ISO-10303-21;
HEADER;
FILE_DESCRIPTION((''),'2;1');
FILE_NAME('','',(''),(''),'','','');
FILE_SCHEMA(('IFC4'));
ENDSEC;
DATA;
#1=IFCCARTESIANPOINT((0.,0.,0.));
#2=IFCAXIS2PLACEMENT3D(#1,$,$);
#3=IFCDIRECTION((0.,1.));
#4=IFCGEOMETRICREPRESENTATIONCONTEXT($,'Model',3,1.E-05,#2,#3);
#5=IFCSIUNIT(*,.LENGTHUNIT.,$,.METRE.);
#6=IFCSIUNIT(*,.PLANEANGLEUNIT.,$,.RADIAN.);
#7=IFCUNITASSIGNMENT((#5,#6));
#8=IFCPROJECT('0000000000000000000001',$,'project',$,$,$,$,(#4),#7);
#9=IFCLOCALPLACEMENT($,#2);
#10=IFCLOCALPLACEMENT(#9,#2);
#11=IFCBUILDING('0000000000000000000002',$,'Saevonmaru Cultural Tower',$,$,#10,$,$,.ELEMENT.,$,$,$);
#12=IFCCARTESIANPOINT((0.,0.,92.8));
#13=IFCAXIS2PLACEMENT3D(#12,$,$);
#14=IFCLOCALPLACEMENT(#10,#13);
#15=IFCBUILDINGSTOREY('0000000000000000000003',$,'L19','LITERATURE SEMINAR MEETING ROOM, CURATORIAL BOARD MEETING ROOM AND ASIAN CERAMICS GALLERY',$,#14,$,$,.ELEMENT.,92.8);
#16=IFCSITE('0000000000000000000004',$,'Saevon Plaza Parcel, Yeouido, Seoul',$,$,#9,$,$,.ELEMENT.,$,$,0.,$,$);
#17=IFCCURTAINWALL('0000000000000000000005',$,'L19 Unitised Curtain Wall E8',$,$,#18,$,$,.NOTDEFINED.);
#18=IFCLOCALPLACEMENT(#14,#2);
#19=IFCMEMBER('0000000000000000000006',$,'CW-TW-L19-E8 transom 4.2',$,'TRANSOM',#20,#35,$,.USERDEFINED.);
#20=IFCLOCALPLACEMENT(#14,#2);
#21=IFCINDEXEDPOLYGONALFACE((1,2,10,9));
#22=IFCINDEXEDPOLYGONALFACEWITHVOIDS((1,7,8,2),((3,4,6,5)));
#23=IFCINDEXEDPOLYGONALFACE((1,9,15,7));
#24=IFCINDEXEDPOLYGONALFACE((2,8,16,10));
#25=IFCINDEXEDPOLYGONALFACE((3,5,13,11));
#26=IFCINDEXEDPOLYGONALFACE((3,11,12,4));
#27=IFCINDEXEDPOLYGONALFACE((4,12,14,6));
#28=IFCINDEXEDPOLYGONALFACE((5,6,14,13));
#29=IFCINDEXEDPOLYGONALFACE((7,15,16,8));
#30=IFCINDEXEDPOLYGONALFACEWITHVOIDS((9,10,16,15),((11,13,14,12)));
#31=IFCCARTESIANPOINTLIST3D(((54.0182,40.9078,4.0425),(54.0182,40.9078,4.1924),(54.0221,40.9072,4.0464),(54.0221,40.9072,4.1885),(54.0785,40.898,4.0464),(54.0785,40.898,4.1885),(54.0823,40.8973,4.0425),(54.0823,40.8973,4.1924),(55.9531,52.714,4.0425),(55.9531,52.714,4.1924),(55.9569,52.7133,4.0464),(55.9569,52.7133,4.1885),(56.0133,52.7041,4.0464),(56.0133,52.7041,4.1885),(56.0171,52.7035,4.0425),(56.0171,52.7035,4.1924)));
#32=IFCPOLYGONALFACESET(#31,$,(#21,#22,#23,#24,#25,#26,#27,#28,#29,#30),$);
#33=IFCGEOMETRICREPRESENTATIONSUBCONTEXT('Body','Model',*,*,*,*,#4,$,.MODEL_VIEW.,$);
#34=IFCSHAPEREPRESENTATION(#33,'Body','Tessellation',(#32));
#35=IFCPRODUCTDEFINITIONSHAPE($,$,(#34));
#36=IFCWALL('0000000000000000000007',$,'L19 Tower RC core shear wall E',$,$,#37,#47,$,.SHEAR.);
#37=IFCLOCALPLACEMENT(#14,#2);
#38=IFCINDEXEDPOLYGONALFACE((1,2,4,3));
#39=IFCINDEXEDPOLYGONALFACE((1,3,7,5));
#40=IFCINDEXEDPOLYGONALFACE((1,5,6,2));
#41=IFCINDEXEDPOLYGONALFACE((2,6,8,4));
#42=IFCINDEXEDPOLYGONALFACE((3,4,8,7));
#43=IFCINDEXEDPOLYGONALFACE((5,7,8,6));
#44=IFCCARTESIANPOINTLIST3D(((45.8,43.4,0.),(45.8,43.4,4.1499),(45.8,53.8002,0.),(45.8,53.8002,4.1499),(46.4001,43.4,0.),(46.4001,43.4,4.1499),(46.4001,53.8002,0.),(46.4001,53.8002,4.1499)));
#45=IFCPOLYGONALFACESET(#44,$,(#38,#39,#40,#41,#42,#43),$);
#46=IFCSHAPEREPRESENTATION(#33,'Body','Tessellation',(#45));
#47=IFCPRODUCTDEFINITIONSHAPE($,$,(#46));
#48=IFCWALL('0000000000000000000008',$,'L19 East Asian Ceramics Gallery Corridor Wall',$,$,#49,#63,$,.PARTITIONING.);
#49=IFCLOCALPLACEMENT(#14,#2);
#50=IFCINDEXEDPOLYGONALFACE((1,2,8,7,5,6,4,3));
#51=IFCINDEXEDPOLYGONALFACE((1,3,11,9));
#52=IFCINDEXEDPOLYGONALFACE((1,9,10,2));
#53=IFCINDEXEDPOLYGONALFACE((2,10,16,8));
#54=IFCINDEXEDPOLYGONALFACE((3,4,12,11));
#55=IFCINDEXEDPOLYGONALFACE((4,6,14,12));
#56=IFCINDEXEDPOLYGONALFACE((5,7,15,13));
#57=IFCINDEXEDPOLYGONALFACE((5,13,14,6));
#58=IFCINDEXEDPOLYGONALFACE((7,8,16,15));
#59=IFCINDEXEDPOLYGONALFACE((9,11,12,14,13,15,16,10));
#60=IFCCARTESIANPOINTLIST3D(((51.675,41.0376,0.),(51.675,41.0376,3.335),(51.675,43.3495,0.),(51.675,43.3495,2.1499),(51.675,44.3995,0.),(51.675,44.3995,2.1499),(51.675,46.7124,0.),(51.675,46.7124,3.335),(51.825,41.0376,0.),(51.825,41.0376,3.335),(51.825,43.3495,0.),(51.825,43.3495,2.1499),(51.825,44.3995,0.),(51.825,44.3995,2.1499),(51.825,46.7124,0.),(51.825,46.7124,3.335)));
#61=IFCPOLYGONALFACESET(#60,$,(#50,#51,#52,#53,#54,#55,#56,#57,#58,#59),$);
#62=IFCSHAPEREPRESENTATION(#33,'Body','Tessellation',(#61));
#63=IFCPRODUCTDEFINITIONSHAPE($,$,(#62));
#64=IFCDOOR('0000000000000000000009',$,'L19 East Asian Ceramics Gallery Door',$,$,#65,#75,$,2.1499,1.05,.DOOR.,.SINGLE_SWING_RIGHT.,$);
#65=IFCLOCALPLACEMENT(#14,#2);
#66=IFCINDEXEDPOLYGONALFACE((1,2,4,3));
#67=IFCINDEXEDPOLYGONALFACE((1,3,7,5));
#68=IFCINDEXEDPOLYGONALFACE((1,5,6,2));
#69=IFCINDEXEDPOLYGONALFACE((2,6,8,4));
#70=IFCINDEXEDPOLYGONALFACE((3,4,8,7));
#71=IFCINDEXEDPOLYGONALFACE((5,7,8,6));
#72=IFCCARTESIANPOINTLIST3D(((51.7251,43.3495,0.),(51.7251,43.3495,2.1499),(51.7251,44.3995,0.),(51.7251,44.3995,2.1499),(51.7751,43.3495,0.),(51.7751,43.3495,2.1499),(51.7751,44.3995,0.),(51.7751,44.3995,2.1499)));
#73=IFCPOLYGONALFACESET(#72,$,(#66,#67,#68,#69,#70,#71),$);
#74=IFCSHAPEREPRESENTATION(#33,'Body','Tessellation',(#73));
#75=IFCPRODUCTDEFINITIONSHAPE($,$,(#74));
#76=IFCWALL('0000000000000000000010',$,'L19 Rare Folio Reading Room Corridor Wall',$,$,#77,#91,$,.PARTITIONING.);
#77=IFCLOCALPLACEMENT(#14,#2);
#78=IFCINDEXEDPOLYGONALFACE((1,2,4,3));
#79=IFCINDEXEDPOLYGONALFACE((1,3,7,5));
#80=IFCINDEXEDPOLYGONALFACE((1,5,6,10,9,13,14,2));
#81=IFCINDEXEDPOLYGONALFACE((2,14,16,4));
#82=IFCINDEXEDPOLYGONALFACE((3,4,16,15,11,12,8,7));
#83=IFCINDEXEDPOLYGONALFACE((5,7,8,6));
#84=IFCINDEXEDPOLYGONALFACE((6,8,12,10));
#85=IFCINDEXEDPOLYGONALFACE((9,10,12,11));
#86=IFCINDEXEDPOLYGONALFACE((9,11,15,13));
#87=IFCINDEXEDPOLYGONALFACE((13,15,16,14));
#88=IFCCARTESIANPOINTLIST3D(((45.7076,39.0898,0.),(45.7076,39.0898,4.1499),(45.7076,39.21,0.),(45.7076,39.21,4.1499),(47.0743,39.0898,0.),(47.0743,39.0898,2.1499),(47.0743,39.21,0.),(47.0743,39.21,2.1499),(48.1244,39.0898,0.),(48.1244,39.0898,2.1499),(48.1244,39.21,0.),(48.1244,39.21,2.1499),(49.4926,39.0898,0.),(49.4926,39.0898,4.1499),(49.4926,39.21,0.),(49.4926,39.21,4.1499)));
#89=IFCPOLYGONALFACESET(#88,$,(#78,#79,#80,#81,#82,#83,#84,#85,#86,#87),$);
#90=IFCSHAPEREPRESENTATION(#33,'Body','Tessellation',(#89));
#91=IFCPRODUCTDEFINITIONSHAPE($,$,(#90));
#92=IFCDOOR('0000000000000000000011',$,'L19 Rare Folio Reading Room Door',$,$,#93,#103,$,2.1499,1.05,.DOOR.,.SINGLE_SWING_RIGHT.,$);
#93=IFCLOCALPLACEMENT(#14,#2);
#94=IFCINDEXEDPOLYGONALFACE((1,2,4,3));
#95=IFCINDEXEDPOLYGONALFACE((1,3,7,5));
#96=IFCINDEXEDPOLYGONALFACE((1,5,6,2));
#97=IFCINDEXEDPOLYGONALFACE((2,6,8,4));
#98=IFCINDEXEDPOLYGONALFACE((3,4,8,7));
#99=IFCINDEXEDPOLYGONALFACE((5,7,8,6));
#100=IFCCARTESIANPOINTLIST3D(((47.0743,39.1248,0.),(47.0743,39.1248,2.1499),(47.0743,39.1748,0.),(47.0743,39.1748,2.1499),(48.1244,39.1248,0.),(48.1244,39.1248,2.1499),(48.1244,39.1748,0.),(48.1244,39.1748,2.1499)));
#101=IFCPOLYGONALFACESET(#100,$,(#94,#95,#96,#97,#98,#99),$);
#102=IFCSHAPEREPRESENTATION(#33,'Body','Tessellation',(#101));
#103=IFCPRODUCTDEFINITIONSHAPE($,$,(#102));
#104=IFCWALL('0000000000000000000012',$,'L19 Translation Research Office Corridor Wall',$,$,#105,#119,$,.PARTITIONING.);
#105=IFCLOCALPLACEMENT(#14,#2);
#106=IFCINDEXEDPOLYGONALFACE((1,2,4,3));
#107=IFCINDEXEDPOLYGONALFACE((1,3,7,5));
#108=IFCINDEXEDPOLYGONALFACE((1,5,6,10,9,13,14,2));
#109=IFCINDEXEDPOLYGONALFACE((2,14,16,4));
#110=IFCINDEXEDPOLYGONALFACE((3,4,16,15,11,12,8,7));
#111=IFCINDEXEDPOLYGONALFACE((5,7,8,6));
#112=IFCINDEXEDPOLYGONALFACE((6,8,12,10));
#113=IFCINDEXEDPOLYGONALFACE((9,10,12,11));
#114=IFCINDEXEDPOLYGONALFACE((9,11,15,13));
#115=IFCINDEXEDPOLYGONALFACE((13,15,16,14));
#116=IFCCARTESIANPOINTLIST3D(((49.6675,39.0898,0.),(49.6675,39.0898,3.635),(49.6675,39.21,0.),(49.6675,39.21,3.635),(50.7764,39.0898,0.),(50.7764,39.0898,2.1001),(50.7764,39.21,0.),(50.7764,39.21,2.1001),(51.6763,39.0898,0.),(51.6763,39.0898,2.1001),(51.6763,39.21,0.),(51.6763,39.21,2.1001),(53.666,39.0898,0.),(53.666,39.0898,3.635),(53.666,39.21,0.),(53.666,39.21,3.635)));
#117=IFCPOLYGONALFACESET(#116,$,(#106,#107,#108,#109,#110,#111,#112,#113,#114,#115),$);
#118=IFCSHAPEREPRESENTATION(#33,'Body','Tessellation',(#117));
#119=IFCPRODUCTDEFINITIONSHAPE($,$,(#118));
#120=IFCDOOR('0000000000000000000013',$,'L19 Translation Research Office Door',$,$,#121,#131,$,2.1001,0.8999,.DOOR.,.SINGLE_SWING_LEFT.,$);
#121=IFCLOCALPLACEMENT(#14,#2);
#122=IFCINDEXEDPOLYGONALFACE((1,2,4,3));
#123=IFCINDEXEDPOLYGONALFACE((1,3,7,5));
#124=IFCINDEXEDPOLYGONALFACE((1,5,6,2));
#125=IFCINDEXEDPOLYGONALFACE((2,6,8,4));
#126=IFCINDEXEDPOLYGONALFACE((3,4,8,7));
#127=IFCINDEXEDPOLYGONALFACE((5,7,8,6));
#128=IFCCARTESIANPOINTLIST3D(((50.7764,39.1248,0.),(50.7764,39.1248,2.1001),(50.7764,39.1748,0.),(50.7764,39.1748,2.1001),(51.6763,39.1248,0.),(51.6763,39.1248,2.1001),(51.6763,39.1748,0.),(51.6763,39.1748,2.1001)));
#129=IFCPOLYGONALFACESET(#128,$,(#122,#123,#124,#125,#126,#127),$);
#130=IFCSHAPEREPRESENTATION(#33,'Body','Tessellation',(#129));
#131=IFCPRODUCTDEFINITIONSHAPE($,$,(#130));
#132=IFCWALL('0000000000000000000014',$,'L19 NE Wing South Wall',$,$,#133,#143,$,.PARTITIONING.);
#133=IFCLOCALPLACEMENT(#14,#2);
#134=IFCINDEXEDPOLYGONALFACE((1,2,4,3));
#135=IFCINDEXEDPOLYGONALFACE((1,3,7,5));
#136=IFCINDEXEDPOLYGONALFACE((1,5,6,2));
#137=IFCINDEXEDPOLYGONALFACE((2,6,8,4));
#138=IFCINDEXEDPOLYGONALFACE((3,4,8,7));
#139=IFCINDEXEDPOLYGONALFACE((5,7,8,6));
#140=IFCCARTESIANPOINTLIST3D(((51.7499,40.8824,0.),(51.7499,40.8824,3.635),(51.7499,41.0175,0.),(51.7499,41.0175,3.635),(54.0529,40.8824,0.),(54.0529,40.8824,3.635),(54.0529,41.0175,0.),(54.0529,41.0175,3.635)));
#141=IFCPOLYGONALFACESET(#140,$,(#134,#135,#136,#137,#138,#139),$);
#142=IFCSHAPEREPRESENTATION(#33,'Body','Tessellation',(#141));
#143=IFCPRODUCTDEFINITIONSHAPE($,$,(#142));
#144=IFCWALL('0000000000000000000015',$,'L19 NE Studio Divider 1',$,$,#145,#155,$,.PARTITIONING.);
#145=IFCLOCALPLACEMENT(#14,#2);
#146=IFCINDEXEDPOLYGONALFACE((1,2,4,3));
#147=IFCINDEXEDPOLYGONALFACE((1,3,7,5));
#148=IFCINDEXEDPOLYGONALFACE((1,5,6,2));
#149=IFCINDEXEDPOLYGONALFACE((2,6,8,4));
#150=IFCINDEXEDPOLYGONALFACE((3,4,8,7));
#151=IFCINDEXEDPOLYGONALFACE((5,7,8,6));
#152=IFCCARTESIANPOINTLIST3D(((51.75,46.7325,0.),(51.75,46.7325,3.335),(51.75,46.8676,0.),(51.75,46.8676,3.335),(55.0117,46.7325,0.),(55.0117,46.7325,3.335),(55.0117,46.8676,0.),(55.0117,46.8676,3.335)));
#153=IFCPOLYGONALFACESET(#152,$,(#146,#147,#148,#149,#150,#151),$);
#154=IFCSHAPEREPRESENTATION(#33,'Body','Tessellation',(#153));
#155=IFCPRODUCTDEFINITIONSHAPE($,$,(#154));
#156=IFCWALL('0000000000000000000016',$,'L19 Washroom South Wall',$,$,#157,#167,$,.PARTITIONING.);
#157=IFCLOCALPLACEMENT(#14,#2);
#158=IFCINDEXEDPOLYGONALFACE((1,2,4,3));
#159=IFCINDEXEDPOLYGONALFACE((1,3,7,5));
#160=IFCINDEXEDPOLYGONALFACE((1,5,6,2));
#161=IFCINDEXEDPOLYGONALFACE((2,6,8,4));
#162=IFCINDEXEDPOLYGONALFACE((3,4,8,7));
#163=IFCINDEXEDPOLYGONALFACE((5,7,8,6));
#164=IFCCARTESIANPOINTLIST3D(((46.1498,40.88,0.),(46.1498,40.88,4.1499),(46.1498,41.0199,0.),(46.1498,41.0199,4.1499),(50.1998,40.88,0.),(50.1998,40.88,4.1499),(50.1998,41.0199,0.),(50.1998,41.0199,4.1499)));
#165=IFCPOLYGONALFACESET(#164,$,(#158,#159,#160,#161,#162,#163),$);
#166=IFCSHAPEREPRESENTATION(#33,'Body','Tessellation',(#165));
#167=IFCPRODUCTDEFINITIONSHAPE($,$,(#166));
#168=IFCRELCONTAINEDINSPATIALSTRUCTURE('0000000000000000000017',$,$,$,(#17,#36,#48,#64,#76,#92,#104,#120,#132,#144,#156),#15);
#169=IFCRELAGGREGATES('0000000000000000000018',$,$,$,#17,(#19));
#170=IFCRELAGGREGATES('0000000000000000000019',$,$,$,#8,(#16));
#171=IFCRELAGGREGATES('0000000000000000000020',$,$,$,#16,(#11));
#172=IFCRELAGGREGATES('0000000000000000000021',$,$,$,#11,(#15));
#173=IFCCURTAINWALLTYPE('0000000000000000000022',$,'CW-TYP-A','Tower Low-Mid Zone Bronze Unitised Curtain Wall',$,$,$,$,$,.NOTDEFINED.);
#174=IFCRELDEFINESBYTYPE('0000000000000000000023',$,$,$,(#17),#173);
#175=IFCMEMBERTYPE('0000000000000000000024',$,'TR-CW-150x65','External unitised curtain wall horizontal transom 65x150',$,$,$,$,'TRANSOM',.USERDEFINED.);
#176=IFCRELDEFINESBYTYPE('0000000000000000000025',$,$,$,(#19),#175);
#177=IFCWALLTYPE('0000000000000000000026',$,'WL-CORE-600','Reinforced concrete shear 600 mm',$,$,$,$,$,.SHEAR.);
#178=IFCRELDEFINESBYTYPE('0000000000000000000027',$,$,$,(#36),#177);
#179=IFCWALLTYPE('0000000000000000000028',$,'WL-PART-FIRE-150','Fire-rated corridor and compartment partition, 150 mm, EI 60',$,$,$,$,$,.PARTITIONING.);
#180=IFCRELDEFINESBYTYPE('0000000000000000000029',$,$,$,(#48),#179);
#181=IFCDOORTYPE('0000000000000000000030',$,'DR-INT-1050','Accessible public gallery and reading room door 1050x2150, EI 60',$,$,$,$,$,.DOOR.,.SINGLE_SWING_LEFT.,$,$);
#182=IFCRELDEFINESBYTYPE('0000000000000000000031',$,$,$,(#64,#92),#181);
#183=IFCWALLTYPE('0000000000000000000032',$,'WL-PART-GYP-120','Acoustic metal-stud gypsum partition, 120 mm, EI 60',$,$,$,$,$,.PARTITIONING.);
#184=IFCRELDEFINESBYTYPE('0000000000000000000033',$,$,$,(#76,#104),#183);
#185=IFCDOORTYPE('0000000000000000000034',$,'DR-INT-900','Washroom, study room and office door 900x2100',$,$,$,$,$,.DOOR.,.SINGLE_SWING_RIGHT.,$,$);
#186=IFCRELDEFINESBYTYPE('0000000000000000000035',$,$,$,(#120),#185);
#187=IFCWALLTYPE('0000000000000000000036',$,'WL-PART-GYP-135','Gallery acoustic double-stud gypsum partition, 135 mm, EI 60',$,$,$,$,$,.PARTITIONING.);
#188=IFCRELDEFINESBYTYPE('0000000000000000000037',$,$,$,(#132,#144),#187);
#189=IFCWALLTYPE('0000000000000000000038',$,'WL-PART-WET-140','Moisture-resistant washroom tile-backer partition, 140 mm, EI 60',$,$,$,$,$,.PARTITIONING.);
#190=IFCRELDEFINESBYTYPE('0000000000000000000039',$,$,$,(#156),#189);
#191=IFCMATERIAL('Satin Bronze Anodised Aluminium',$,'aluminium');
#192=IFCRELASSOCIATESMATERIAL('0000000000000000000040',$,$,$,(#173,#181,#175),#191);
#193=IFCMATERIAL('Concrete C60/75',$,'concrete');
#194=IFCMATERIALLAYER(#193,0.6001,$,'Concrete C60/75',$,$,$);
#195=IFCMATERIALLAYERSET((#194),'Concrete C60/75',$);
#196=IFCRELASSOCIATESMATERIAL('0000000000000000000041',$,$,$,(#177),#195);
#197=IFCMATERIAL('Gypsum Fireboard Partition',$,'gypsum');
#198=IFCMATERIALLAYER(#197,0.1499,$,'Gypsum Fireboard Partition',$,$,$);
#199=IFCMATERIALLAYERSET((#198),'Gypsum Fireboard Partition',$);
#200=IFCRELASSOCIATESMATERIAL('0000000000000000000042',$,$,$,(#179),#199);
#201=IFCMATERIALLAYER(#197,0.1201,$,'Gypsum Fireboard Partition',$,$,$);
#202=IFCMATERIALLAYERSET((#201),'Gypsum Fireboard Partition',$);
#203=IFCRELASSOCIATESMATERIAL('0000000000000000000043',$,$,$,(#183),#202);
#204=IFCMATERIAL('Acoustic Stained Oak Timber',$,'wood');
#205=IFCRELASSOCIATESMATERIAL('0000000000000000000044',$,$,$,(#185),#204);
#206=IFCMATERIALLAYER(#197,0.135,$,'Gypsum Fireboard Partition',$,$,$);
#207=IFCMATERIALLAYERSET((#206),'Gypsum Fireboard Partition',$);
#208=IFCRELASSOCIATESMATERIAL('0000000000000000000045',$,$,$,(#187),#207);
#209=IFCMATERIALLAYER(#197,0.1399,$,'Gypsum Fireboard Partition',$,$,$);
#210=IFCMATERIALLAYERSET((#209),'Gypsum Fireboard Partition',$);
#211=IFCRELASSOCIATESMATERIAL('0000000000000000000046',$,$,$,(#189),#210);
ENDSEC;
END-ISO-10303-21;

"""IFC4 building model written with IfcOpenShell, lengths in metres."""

from ifc_helpers import new_model, si_unit, direction, frame, frame_2d, origin, origin_2d, place, context, subcontext, project, spatial, rectangle, hollow_rectangle, extrude, material, layer, layer_set, material_profile, profile_set, type_object, element, fill, aggregate, save


model = new_model("IFC4")

# Units and contexts
model_context = context("Model", 3, precision=1e-05, world=origin(), true_north=direction((0.0, 1.0)))
body_context = subcontext(model_context, "Body", "Model", "MODEL_VIEW")
ifc_project = project(units=[si_unit("LENGTHUNIT", "METRE"), si_unit("PLANEANGLEUNIT", "RADIAN")], contexts=[model_context])

# Site, building, storey
site_placement = place(None, origin())
site = spatial("IfcSite", under=ifc_project, at=site_placement, Name="Saevon Plaza Parcel, Yeouido, Seoul", CompositionType="ELEMENT", RefElevation=0.0)
building_placement = place(site_placement, origin())
building = spatial("IfcBuilding", under=site, at=building_placement, Name="Saevonmaru Cultural Tower", CompositionType="ELEMENT")
storey_placement = place(building_placement, frame((0.0, 0.0, 92.8)))
storey = spatial("IfcBuildingStorey", under=building, at=storey_placement, Name="L19", Description="LITERATURE SEMINAR MEETING ROOM, CURATORIAL BOARD MEETING ROOM AND ASIAN CERAMICS GALLERY", CompositionType="ELEMENT", Elevation=92.8)

# Curtain wall, member
ifc_material_1 = material(Name="Satin Bronze Anodised Aluminium", Category="aluminium")
curtain_wall_type = type_object("IfcCurtainWallType", Name="CW-TYP-A", Description="Tower Low-Mid Zone Bronze Unitised Curtain Wall", PredefinedType="NOTDEFINED", material=ifc_material_1)
curtain_wall_placement = place(storey_placement, origin())
curtain_wall = element("IfcCurtainWall", 1, at=curtain_wall_placement, inside=storey, type_object=curtain_wall_type, Name="L19 Unitised Curtain Wall E8", PredefinedType="NOTDEFINED")
ifc_material_profile_1 = material_profile(ifc_material_1, hollow_rectangle(XDim=0.0649, YDim=0.1499, WallThickness=0.0039, at=origin_2d()), Name="ALU-TRAN-150x65x4")
ifc_profile_set_1 = profile_set([ifc_material_profile_1], Name="Satin Bronze Anodised Aluminium")
member_type_1 = type_object("IfcMemberType", Name="TR-CW-150x65", Description="External unitised curtain wall horizontal transom 65x150", ElementType="TRANSOM", PredefinedType="USERDEFINED", material=ifc_profile_set_1)
member_1_placement = place(storey_placement, frame((54.0503, 40.9026, 4.1174), z_axis=(0.161725, 0.986836, 0.0), x_axis=(-0.986836, 0.161725, 0.0)))
member_1 = element("IfcMember", 2, at=member_1_placement, type_object=member_type_1, Name="CW-TW-L19-E8 transom 4.2", ObjectType="TRANSOM", PredefinedType="USERDEFINED", context=body_context, shape_type="SweptSolid", body=[
    extrude(hollow_rectangle(XDim=0.0649, YDim=0.1499, WallThickness=0.0039, at=origin_2d()), origin(), (0.0, 0.0, 1.0), 11.9636),
])
aggregate(curtain_wall, [member_1])

# Wall
ifc_material_2 = material(Name="Concrete C60/75", Category="concrete")
ifc_layer_1 = layer(ifc_material_2, 0.6001, Name="Concrete C60/75")
ifc_layer_set_1 = layer_set([ifc_layer_1], Name="Concrete C60/75")
wall_type_1 = type_object("IfcWallType", Name="WL-CORE-600", Description="Reinforced concrete shear 600 mm", PredefinedType="SHEAR", material=ifc_layer_set_1)
wall_1_placement = place(storey_placement, frame((46.1001, 43.3999, 0.0), z_axis=(0.0, 0.0, 1.0), x_axis=(0.0, 1.0, 0.0)))
element("IfcWall", 3, at=wall_1_placement, inside=storey, type_object=wall_type_1, Name="L19 Tower RC core shear wall E", PredefinedType="SHEAR", context=body_context, shape_type="SweptSolid", body=[
    extrude(rectangle(XDim=10.4001, YDim=0.6001, at=frame_2d((5.2002, 0.0))), origin(), (0.0, 0.0, 1.0), 4.1499),
])

# Walls, openings, doors
ifc_material_3 = material(Name="Gypsum Fireboard Partition", Category="gypsum")
ifc_layer_2 = layer(ifc_material_3, 0.1499, Name="Gypsum Fireboard Partition")
ifc_layer_set_2 = layer_set([ifc_layer_2], Name="Gypsum Fireboard Partition")
wall_type_2 = type_object("IfcWallType", Name="WL-PART-FIRE-150", Description="Fire-rated corridor and compartment partition, 150 mm, EI 60", PredefinedType="PARTITIONING", material=ifc_layer_set_2)
wall_2_placement = place(storey_placement, frame((51.75, 41.0376, 0.0), z_axis=(0.0, 0.0, 1.0), x_axis=(0.0, 1.0, 0.0)))
wall_2 = element("IfcWall", 4, at=wall_2_placement, inside=storey, type_object=wall_type_2, Name="L19 East Asian Ceramics Gallery Corridor Wall", PredefinedType="PARTITIONING", context=body_context, shape_type="SweptSolid", body=[
    extrude(rectangle(XDim=5.6748, YDim=0.1499, at=frame_2d((2.8374, 0.0))), origin(), (0.0, 0.0, 1.0), 3.335),
])
opening_1_placement = place(wall_2_placement, frame((2.312, 0.0, 0.0)))
opening_1 = element("IfcOpeningElement", 5, at=opening_1_placement, cuts=wall_2, PredefinedType="OPENING", context=body_context, shape_type="SweptSolid", body=[
    extrude(rectangle(XDim=1.05, YDim=2.1499, at=frame_2d((0.5249, 1.075))), frame((0.0, 0.085, 0.0), z_axis=(0.0, -1.0, 0.0), x_axis=(1.0, 0.0, 0.0)), (0.0, 0.0, 1.0), 0.1699),
])
door_type_1 = type_object("IfcDoorType", Name="DR-INT-1050", Description="Accessible public gallery and reading room door 1050x2150, EI 60", OperationType="SINGLE_SWING_LEFT", PredefinedType="DOOR", material=ifc_material_1)
door_1_placement = place(opening_1_placement, origin())
door_1 = element("IfcDoor", 6, at=door_1_placement, inside=storey, type_object=door_type_1, Name="L19 East Asian Ceramics Gallery Door", OperationType="SINGLE_SWING_RIGHT", OverallHeight=2.1499, OverallWidth=1.05, PredefinedType="DOOR", context=body_context, shape_type="SweptSolid", body=[
    extrude(rectangle(XDim=1.05, YDim=2.1499, at=frame_2d((0.5249, 1.075))), frame((0.0, 0.0249, 0.0), z_axis=(0.0, -1.0, 0.0), x_axis=(1.0, 0.0, 0.0)), (0.0, 0.0, 1.0), 0.05),
])
fill(opening_1, door_1)
ifc_layer_3 = layer(ifc_material_3, 0.1201, Name="Gypsum Fireboard Partition")
ifc_layer_set_3 = layer_set([ifc_layer_3], Name="Gypsum Fireboard Partition")
wall_type_3 = type_object("IfcWallType", Name="WL-PART-GYP-120", Description="Acoustic metal-stud gypsum partition, 120 mm, EI 60", PredefinedType="PARTITIONING", material=ifc_layer_set_3)
wall_3_placement = place(storey_placement, frame((45.7075, 39.1499, 0.0), z_axis=(0.0, 0.0, 1.0), x_axis=(1.0, 0.0, 0.0)))
wall_3 = element("IfcWall", 7, at=wall_3_placement, inside=storey, type_object=wall_type_3, Name="L19 Rare Folio Reading Room Corridor Wall", PredefinedType="PARTITIONING", context=body_context, shape_type="SweptSolid", body=[
    extrude(rectangle(XDim=3.7849, YDim=0.1201, at=frame_2d((1.8926, 0.0))), origin(), (0.0, 0.0, 1.0), 4.1499),
])
opening_2_placement = place(wall_3_placement, frame((1.3669, 0.0, 0.0)))
opening_2 = element("IfcOpeningElement", 8, at=opening_2_placement, cuts=wall_3, PredefinedType="OPENING", context=body_context, shape_type="SweptSolid", body=[
    extrude(rectangle(XDim=1.05, YDim=2.1499, at=frame_2d((0.5249, 1.075))), frame((0.0, 0.0701, 0.0), z_axis=(0.0, -1.0, 0.0), x_axis=(1.0, 0.0, 0.0)), (0.0, 0.0, 1.0), 0.1401),
])
door_2_placement = place(opening_2_placement, origin())
door_2 = element("IfcDoor", 9, at=door_2_placement, inside=storey, type_object=door_type_1, Name="L19 Rare Folio Reading Room Door", OperationType="SINGLE_SWING_RIGHT", OverallHeight=2.1499, OverallWidth=1.05, PredefinedType="DOOR", context=body_context, shape_type="SweptSolid", body=[
    extrude(rectangle(XDim=1.05, YDim=2.1499, at=frame_2d((0.5249, 1.075))), frame((0.0, 0.0249, 0.0), z_axis=(0.0, -1.0, 0.0), x_axis=(1.0, 0.0, 0.0)), (0.0, 0.0, 1.0), 0.05),
])
fill(opening_2, door_2)
wall_4_placement = place(storey_placement, frame((49.6675, 39.1499, 0.0), z_axis=(0.0, 0.0, 1.0), x_axis=(1.0, 0.0, 0.0)))
wall_4 = element("IfcWall", 10, at=wall_4_placement, inside=storey, type_object=wall_type_3, Name="L19 Translation Research Office Corridor Wall", PredefinedType="PARTITIONING", context=body_context, shape_type="SweptSolid", body=[
    extrude(rectangle(XDim=3.9985, YDim=0.1201, at=frame_2d((1.9993, 0.0))), origin(), (0.0, 0.0, 1.0), 3.635),
])
opening_3_placement = place(wall_4_placement, frame((1.1089, 0.0, 0.0)))
opening_3 = element("IfcOpeningElement", 11, at=opening_3_placement, cuts=wall_4, PredefinedType="OPENING", context=body_context, shape_type="SweptSolid", body=[
    extrude(rectangle(XDim=0.8999, YDim=2.1001, at=frame_2d((0.45, 1.05))), frame((0.0, 0.0701, 0.0), z_axis=(0.0, -1.0, 0.0), x_axis=(1.0, 0.0, 0.0)), (0.0, 0.0, 1.0), 0.1401),
])
ifc_material_4 = material(Name="Acoustic Stained Oak Timber", Category="wood")
door_type_2 = type_object("IfcDoorType", Name="DR-INT-900", Description="Washroom, study room and office door 900x2100", OperationType="SINGLE_SWING_RIGHT", PredefinedType="DOOR", material=ifc_material_4)
door_3_placement = place(opening_3_placement, origin())
door_3 = element("IfcDoor", 12, at=door_3_placement, inside=storey, type_object=door_type_2, Name="L19 Translation Research Office Door", OperationType="SINGLE_SWING_LEFT", OverallHeight=2.1001, OverallWidth=0.8999, PredefinedType="DOOR", context=body_context, shape_type="SweptSolid", body=[
    extrude(rectangle(XDim=0.8999, YDim=2.1001, at=frame_2d((0.45, 1.05))), frame((0.0, 0.0249, 0.0), z_axis=(0.0, -1.0, 0.0), x_axis=(1.0, 0.0, 0.0)), (0.0, 0.0, 1.0), 0.05),
])
fill(opening_3, door_3)

# Walls
ifc_layer_4 = layer(ifc_material_3, 0.135, Name="Gypsum Fireboard Partition")
ifc_layer_set_4 = layer_set([ifc_layer_4], Name="Gypsum Fireboard Partition")
wall_type_4 = type_object("IfcWallType", Name="WL-PART-GYP-135", Description="Gallery acoustic double-stud gypsum partition, 135 mm, EI 60", PredefinedType="PARTITIONING", material=ifc_layer_set_4)
wall_5_placement = place(storey_placement, frame((51.75, 40.95, 0.0), z_axis=(0.0, 0.0, 1.0), x_axis=(1.0, 0.0, 0.0)))
element("IfcWall", 13, at=wall_5_placement, inside=storey, type_object=wall_type_4, Name="L19 NE Wing South Wall", PredefinedType="PARTITIONING", context=body_context, shape_type="SweptSolid", body=[
    extrude(rectangle(XDim=2.303, YDim=0.135, at=frame_2d((1.1514, 0.0))), origin(), (0.0, 0.0, 1.0), 3.635),
])
wall_6_placement = place(storey_placement, frame((51.75, 46.8, 0.0), z_axis=(0.0, 0.0, 1.0), x_axis=(1.0, 0.0, 0.0)))
element("IfcWall", 14, at=wall_6_placement, inside=storey, type_object=wall_type_4, Name="L19 NE Studio Divider 1", PredefinedType="PARTITIONING", context=body_context, shape_type="SweptSolid", body=[
    extrude(rectangle(XDim=3.2617, YDim=0.135, at=frame_2d((1.6309, 0.0))), origin(), (0.0, 0.0, 1.0), 3.335),
])
ifc_layer_5 = layer(ifc_material_3, 0.1399, Name="Gypsum Fireboard Partition")
ifc_layer_set_5 = layer_set([ifc_layer_5], Name="Gypsum Fireboard Partition")
wall_type_5 = type_object("IfcWallType", Name="WL-PART-WET-140", Description="Moisture-resistant washroom tile-backer partition, 140 mm, EI 60", PredefinedType="PARTITIONING", material=ifc_layer_set_5)
wall_7_placement = place(storey_placement, frame((46.1499, 40.95, 0.0), z_axis=(0.0, 0.0, 1.0), x_axis=(1.0, 0.0, 0.0)))
element("IfcWall", 15, at=wall_7_placement, inside=storey, type_object=wall_type_5, Name="L19 Washroom South Wall", PredefinedType="PARTITIONING", context=body_context, shape_type="SweptSolid", body=[
    extrude(rectangle(XDim=4.05, YDim=0.1399, at=frame_2d((2.0249, 0.0))), origin(), (0.0, 0.0, 1.0), 4.1499),
])

save(model, "model.ifc")
